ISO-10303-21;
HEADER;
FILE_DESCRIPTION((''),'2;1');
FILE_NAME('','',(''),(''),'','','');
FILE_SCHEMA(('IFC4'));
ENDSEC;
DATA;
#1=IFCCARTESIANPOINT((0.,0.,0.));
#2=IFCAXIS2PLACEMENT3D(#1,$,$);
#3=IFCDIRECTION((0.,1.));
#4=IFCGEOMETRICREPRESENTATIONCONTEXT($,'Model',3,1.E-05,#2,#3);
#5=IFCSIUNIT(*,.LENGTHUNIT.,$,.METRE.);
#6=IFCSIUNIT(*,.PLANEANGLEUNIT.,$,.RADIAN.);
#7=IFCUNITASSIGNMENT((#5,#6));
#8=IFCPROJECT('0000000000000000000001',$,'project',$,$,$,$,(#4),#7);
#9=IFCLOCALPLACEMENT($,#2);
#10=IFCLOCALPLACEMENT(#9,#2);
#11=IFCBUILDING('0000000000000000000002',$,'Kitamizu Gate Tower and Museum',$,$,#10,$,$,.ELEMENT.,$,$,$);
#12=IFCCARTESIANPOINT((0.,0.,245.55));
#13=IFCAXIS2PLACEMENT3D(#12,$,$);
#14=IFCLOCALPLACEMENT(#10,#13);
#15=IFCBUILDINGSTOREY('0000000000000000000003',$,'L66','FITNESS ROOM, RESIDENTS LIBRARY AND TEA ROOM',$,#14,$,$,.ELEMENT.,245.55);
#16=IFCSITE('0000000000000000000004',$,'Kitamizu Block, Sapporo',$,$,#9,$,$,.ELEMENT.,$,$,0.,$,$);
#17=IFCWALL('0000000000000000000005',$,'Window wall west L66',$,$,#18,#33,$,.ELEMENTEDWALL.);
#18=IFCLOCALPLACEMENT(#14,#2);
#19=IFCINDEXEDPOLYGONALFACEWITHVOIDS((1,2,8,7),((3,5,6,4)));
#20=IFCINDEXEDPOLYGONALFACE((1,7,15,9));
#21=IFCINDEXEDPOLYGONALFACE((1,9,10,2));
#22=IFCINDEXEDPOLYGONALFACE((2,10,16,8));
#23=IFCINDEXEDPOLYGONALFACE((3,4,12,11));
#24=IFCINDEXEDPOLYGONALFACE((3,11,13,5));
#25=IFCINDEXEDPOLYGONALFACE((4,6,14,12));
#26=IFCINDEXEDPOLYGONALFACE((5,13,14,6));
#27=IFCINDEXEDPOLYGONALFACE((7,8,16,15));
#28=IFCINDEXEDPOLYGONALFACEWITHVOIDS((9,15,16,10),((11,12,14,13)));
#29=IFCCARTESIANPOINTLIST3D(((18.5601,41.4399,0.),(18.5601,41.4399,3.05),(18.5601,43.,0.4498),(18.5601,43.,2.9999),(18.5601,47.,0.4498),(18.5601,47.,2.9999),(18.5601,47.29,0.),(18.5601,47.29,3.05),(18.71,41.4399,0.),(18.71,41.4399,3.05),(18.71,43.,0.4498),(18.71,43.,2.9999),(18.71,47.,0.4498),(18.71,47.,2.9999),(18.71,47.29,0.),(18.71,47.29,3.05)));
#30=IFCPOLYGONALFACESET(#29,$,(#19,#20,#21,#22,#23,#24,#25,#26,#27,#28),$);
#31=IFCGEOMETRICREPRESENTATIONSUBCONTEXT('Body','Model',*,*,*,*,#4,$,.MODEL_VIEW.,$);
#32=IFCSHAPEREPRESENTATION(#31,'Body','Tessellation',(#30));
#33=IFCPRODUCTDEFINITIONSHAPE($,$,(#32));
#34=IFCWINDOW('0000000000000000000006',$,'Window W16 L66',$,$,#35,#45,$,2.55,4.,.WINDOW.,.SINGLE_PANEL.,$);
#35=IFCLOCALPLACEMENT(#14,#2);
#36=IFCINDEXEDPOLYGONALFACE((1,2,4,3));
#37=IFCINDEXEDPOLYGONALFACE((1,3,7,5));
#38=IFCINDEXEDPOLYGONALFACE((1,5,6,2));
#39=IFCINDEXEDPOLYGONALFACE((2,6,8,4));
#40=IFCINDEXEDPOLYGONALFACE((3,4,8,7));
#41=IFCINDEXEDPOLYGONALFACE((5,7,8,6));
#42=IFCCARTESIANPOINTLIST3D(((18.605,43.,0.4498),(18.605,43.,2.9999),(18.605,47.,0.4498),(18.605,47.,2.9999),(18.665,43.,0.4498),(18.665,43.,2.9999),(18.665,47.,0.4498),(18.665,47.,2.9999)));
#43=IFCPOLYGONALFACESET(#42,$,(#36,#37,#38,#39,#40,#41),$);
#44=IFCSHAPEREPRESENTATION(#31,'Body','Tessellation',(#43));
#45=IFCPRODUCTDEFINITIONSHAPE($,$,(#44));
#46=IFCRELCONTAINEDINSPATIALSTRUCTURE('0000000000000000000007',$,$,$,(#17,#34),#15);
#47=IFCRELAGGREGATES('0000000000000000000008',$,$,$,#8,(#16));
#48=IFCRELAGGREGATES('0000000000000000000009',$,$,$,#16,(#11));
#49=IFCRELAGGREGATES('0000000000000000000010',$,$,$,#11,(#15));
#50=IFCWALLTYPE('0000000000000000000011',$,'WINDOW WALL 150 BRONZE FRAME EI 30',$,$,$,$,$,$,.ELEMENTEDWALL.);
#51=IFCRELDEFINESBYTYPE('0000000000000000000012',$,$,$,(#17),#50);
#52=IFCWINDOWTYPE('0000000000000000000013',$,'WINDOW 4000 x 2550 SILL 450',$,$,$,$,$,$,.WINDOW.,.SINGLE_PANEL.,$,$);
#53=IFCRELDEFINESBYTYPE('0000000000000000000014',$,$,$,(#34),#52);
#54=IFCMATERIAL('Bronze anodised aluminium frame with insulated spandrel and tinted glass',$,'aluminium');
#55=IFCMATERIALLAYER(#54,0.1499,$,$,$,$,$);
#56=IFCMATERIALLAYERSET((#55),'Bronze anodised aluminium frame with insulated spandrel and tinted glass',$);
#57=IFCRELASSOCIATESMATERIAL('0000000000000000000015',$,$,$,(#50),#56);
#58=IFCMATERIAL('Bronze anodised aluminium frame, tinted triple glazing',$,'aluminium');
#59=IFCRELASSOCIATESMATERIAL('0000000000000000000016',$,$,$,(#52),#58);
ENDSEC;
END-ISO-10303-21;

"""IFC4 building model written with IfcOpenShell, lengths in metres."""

from ifc_helpers import new_model, si_unit, direction, frame, frame_2d, origin, place, context, subcontext, project, spatial, rectangle, extrude, material, layer, layer_set, type_object, element, fill, save


model = new_model("IFC4")

# Units and contexts
model_context = context("Model", 3, precision=1e-05, world=origin(), true_north=direction((0.0, 1.0)))
body_context = subcontext(model_context, "Body", "Model", "MODEL_VIEW")
ifc_project = project(units=[si_unit("LENGTHUNIT", "METRE"), si_unit("PLANEANGLEUNIT", "RADIAN")], contexts=[model_context])

# Site, building, storey
site_placement = place(None, origin())
site = spatial("IfcSite", under=ifc_project, at=site_placement, Name="Kitamizu Block, Sapporo", CompositionType="ELEMENT", RefElevation=0.0)
building_placement = place(site_placement, origin())
building = spatial("IfcBuilding", under=site, at=building_placement, Name="Kitamizu Gate Tower and Museum", CompositionType="ELEMENT")
storey_placement = place(building_placement, frame((0.0, 0.0, 245.55)))
storey = spatial("IfcBuildingStorey", under=building, at=storey_placement, Name="L66", Description="FITNESS ROOM, RESIDENTS LIBRARY AND TEA ROOM", CompositionType="ELEMENT", Elevation=245.55)

# Wall, opening, window
ifc_material_1 = material(Name="Bronze anodised aluminium frame with insulated spandrel and tinted glass", Category="aluminium")
ifc_layer_1 = layer(ifc_material_1, 0.1499)
ifc_layer_set_1 = layer_set([ifc_layer_1], Name="Bronze anodised aluminium frame with insulated spandrel and tinted glass")
wall_type_1 = type_object("IfcWallType", Name="WINDOW WALL 150 BRONZE FRAME EI 30", PredefinedType="ELEMENTEDWALL", material=ifc_layer_set_1)
wall_1_placement = place(storey_placement, frame((18.635, 41.4399, 0.0), z_axis=(0.0, 0.0, 1.0), x_axis=(0.0, 1.0, 0.0)))
wall_1 = element("IfcWall", 1, at=wall_1_placement, inside=storey, type_object=wall_type_1, Name="Window wall west L66", PredefinedType="ELEMENTEDWALL", context=body_context, shape_type="SweptSolid", body=[
    extrude(rectangle(XDim=5.8501, YDim=0.1499, at=frame_2d((2.925, 0.0))), origin(), (0.0, 0.0, 1.0), 3.05),
])
opening_1_placement = place(wall_1_placement, frame((1.5601, 0.0, 0.45)))
opening_1 = element("IfcOpeningElement", 2, at=opening_1_placement, cuts=wall_1, PredefinedType="OPENING", context=body_context, shape_type="SweptSolid", body=[
    extrude(rectangle(XDim=4.0, YDim=2.55, at=frame_2d((2.0, 1.2749))), frame((0.0, 0.085, 0.0), z_axis=(0.0, -1.0, 0.0), x_axis=(1.0, 0.0, 0.0)), (0.0, 0.0, 1.0), 0.1699),
])
ifc_material_2 = material(Name="Bronze anodised aluminium frame, tinted triple glazing", Category="aluminium")
window_type = type_object("IfcWindowType", Name="WINDOW 4000 x 2550 SILL 450", PartitioningType="SINGLE_PANEL", PredefinedType="WINDOW", material=ifc_material_2)
window_placement = place(opening_1_placement, origin())
window = element("IfcWindow", 3, at=window_placement, inside=storey, type_object=window_type, Name="Window W16 L66", OverallHeight=2.55, OverallWidth=4.0, PartitioningType="SINGLE_PANEL", PredefinedType="WINDOW", context=body_context, shape_type="SweptSolid", body=[
    extrude(rectangle(XDim=4.0, YDim=2.55, at=frame_2d((2.0, 1.2749))), frame((0.0, 0.03, 0.0), z_axis=(0.0, -1.0, 0.0), x_axis=(1.0, 0.0, 0.0)), (0.0, 0.0, 1.0), 0.0601),
])
fill(opening_1, window)

save(model, "model.ifc")
